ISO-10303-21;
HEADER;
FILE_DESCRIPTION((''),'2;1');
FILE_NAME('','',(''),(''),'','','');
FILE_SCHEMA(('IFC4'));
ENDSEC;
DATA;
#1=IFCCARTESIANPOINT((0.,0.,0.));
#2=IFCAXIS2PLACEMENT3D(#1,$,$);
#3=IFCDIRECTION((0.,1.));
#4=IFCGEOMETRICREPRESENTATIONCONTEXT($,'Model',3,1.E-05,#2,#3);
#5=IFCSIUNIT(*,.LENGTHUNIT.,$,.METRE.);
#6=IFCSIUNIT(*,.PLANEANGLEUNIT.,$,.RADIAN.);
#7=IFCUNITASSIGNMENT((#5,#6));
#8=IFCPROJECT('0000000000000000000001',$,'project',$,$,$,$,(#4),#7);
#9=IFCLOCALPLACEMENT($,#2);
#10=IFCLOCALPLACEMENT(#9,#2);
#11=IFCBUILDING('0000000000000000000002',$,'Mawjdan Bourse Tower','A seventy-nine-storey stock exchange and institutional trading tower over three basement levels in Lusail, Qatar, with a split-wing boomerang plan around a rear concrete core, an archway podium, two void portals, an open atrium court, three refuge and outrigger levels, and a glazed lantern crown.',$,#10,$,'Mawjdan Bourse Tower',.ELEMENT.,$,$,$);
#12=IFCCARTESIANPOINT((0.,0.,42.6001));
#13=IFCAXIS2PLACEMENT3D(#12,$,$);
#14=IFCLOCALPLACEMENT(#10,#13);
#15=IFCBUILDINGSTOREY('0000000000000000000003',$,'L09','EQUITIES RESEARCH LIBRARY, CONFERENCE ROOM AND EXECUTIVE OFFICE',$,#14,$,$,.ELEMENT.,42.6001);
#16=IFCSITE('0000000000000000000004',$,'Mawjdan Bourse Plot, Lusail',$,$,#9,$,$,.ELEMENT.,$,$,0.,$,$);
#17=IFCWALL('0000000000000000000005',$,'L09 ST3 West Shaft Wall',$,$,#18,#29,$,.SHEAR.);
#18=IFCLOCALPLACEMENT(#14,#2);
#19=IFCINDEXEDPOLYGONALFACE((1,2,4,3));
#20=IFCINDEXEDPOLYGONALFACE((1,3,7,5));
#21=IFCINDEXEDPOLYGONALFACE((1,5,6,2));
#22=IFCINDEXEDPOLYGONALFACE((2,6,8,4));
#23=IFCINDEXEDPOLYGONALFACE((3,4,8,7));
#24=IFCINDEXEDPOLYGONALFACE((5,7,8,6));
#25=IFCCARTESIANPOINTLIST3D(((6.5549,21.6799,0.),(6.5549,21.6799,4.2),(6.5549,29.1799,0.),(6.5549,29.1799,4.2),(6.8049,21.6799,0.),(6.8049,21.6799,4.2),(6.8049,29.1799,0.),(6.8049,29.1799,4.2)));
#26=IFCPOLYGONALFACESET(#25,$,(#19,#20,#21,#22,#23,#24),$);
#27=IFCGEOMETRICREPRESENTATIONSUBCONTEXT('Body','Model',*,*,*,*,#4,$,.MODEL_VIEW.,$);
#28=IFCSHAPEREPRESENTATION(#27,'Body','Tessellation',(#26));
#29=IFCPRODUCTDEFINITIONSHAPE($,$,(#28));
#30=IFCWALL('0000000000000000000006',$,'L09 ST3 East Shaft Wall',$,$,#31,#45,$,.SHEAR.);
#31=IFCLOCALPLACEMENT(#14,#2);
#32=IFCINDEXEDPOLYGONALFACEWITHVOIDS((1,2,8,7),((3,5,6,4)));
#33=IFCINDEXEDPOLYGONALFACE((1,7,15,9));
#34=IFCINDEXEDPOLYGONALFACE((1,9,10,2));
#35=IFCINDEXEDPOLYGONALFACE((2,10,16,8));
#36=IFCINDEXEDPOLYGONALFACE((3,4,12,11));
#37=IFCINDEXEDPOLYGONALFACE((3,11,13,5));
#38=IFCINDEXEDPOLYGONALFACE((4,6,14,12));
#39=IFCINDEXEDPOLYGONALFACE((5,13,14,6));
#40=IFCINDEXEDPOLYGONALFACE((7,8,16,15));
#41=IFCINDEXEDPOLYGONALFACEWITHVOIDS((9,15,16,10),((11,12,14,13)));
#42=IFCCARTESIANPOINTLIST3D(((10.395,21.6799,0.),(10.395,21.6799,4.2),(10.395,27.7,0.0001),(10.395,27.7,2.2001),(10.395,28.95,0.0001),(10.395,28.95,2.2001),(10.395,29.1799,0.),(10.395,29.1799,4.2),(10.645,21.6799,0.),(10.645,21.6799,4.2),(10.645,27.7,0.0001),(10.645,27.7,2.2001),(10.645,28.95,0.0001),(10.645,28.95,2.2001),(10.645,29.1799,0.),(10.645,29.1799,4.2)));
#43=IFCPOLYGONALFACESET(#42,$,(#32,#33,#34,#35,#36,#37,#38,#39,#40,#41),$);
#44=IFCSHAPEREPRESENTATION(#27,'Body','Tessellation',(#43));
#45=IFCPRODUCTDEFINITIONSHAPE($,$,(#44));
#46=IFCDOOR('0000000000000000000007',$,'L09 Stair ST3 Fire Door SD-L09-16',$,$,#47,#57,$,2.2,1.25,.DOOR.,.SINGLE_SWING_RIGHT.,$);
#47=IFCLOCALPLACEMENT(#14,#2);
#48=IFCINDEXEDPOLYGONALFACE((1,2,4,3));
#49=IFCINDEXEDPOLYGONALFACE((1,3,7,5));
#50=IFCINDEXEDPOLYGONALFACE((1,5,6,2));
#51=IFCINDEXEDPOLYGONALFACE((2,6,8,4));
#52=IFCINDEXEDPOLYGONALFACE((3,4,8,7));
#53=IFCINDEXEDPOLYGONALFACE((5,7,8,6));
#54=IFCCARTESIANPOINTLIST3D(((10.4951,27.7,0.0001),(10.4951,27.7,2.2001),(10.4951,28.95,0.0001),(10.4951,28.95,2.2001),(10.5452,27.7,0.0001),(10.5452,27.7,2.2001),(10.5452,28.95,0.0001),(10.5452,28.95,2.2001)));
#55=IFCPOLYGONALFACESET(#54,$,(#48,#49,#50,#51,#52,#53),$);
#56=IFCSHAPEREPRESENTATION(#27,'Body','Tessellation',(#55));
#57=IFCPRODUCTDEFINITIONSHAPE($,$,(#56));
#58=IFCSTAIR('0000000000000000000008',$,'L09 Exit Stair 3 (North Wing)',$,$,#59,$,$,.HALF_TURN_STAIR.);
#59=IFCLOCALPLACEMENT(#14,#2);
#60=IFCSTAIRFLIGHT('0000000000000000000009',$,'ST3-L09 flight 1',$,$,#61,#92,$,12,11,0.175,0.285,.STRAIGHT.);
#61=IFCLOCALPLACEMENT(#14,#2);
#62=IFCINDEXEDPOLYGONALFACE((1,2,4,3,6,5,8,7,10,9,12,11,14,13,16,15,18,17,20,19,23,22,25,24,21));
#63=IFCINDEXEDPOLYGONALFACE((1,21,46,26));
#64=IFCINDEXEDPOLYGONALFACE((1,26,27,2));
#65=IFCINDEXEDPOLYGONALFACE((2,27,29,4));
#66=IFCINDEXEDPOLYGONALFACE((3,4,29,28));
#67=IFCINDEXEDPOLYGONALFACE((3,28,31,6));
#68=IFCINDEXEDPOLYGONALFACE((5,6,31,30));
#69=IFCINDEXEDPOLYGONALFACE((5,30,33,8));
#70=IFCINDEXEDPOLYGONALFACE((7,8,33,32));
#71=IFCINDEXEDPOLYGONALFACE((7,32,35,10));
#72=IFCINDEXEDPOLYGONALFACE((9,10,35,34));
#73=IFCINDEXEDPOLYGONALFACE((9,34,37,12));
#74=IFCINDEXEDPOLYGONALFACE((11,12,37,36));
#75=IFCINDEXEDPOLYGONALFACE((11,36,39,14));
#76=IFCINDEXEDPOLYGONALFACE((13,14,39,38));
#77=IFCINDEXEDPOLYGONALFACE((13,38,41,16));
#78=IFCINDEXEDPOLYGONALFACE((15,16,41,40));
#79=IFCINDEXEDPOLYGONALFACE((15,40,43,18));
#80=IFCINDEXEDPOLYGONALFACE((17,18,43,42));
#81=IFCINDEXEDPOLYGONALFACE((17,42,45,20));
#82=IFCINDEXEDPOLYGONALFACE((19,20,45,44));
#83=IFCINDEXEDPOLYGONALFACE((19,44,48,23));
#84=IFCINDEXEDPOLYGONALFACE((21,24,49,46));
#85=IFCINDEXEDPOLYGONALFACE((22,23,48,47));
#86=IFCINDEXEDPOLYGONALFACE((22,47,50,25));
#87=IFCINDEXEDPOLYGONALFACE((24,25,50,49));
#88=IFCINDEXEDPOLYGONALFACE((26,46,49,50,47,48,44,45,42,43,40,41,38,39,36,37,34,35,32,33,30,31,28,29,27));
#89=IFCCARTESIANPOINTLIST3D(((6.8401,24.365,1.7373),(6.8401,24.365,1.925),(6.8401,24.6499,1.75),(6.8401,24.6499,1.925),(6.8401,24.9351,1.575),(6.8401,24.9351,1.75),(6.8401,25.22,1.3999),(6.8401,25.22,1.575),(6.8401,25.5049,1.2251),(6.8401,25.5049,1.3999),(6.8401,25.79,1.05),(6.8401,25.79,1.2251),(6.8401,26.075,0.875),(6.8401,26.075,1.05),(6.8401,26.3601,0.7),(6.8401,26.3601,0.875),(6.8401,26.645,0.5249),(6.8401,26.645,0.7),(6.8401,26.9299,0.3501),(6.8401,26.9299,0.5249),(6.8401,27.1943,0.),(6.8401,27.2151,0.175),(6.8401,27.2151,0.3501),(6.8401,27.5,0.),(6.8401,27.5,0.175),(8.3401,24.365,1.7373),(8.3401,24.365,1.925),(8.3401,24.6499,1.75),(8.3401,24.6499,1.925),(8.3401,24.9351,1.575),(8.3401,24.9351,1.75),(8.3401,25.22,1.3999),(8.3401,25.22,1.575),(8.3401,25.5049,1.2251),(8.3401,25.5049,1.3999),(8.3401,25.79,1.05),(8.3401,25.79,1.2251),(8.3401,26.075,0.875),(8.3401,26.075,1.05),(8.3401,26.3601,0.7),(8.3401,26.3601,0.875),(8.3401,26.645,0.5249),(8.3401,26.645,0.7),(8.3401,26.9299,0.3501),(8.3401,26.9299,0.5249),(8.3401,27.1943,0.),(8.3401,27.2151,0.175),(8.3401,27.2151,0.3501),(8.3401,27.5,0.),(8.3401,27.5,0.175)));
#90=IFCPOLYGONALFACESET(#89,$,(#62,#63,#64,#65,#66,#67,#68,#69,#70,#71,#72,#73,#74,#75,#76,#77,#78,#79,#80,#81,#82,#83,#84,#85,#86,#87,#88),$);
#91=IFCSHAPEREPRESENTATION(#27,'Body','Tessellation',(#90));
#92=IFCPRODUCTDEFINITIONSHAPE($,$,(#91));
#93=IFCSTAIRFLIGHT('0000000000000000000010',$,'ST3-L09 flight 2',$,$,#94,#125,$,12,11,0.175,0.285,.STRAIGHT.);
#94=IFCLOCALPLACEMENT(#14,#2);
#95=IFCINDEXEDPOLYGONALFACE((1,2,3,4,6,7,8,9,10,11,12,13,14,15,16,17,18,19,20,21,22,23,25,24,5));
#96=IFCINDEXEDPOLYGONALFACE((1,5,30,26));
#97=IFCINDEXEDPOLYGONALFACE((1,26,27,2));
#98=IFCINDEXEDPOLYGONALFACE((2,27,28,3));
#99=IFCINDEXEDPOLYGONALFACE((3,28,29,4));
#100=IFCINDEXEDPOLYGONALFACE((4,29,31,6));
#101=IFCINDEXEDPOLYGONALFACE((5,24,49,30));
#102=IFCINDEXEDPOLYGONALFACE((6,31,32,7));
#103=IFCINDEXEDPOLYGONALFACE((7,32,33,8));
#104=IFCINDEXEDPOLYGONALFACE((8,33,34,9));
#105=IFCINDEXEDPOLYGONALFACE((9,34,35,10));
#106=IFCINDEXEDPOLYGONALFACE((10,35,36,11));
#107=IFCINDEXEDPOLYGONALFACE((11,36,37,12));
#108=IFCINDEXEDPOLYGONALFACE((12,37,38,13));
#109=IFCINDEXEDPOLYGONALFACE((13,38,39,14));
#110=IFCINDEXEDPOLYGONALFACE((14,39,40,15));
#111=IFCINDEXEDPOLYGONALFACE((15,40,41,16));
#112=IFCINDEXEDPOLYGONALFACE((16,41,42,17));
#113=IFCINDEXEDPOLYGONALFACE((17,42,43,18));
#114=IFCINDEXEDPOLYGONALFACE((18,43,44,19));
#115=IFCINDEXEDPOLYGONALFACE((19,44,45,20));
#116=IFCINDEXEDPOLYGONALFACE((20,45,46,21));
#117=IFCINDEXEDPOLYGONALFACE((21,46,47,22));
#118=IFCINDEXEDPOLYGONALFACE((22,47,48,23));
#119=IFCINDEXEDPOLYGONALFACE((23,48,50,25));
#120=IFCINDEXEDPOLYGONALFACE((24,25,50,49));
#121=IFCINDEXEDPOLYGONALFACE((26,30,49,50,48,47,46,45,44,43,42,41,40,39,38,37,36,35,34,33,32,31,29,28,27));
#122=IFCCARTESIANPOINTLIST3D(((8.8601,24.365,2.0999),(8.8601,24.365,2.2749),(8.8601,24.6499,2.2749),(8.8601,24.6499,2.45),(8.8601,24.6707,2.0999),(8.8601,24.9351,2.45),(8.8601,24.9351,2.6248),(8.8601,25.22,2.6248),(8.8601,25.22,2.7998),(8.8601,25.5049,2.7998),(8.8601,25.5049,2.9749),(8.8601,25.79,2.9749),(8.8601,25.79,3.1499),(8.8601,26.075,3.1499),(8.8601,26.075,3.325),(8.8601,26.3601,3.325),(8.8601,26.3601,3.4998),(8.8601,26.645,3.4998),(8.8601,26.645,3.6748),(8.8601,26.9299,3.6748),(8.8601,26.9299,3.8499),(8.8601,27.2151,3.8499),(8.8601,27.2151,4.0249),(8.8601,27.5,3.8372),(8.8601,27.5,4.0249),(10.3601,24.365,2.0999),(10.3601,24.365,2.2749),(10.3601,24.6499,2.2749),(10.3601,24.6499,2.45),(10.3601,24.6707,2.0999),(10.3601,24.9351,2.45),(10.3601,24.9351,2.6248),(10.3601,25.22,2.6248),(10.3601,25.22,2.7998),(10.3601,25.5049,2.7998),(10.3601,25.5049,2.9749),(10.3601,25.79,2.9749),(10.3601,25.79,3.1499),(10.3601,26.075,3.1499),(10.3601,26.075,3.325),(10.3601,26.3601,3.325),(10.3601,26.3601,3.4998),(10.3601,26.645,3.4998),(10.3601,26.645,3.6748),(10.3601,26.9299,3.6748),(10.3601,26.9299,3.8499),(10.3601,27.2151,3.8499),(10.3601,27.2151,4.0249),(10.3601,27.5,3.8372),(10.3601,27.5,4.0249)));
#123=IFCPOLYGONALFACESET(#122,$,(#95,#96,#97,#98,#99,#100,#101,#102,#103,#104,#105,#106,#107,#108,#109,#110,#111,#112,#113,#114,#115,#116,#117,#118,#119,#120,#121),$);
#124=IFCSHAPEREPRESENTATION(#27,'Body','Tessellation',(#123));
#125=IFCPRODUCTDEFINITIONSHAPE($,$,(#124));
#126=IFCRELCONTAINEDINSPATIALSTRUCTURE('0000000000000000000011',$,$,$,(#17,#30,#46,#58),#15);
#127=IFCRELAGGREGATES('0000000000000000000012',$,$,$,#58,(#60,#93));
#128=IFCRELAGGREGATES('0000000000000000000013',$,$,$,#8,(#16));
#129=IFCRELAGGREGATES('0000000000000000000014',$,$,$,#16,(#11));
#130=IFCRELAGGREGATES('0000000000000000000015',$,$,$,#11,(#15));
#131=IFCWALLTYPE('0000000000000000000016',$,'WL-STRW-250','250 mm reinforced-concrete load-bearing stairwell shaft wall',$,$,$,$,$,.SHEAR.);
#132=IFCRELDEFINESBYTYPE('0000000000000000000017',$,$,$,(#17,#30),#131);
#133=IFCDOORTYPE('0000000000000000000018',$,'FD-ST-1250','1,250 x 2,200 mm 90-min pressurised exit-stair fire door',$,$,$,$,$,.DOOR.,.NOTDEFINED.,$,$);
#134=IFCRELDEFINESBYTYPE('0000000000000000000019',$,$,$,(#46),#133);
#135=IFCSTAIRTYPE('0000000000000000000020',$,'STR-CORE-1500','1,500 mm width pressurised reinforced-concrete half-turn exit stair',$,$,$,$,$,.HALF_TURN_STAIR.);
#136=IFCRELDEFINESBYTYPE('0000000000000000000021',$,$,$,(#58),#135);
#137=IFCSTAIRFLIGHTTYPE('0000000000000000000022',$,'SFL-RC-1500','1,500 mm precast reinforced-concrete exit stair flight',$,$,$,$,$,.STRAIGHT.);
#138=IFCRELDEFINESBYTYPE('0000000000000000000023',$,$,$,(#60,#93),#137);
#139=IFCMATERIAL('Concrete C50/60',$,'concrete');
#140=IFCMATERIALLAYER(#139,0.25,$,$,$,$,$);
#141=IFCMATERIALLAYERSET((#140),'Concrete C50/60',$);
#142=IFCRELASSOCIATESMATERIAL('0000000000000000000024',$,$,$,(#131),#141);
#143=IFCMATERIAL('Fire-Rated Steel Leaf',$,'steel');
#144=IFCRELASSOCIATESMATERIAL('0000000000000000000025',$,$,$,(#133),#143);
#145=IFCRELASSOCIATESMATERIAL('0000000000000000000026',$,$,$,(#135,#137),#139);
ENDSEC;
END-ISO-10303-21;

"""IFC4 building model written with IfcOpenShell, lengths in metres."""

from ifc_helpers import new_model, si_unit, direction, frame, frame_2d, origin, place, context, subcontext, project, spatial, polyline, rectangle, outline, extrude, material, layer, layer_set, type_object, element, fill, aggregate, save


model = new_model("IFC4")

# Units and contexts
model_context = context("Model", 3, precision=1e-05, world=origin(), true_north=direction((0.0, 1.0)))
body_context = subcontext(model_context, "Body", "Model", "MODEL_VIEW")
ifc_project = project(units=[si_unit("LENGTHUNIT", "METRE"), si_unit("PLANEANGLEUNIT", "RADIAN")], contexts=[model_context])

# Site, building, storey
site_placement = place(None, origin())
site = spatial("IfcSite", under=ifc_project, at=site_placement, Name="Mawjdan Bourse Plot, Lusail", CompositionType="ELEMENT", RefElevation=0.0)
building_placement = place(site_placement, origin())
building = spatial("IfcBuilding", under=site, at=building_placement, Name="Mawjdan Bourse Tower", Description="A seventy-nine-storey stock exchange and institutional trading tower over three basement levels in Lusail, Qatar, with a split-wing boomerang plan around a rear concrete core, an archway podium, two void portals, an open atrium court, three refuge and outrigger levels, and a glazed lantern crown.", LongName="Mawjdan Bourse Tower", CompositionType="ELEMENT")
storey_placement = place(building_placement, frame((0.0, 0.0, 42.6001)))
storey = spatial("IfcBuildingStorey", under=building, at=storey_placement, Name="L09", Description="EQUITIES RESEARCH LIBRARY, CONFERENCE ROOM AND EXECUTIVE OFFICE", CompositionType="ELEMENT", Elevation=42.6001)

# Wall
ifc_material_1 = material(Name="Concrete C50/60", Category="concrete")
ifc_layer_1 = layer(ifc_material_1, 0.25)
ifc_layer_set_1 = layer_set([ifc_layer_1], Name="Concrete C50/60")
wall_type_1 = type_object("IfcWallType", Name="WL-STRW-250", Description="250 mm reinforced-concrete load-bearing stairwell shaft wall", PredefinedType="SHEAR", material=ifc_layer_set_1)
wall_1_placement = place(storey_placement, frame((6.6799, 21.6799, 0.0), z_axis=(0.0, 0.0, 1.0), x_axis=(0.0, 1.0, 0.0)))
element("IfcWall", 1, at=wall_1_placement, inside=storey, type_object=wall_type_1, Name="L09 ST3 West Shaft Wall", PredefinedType="SHEAR", context=body_context, shape_type="SweptSolid", body=[
    extrude(rectangle(XDim=7.5, YDim=0.25, at=frame_2d((3.75, 0.0))), origin(), (0.0, 0.0, 1.0), 4.2),
])

# Wall, opening, door
wall_2_placement = place(storey_placement, frame((10.52, 21.6799, 0.0), z_axis=(0.0, 0.0, 1.0), x_axis=(0.0, 1.0, 0.0)))
wall_2 = element("IfcWall", 2, at=wall_2_placement, inside=storey, type_object=wall_type_1, Name="L09 ST3 East Shaft Wall", PredefinedType="SHEAR", context=body_context, shape_type="SweptSolid", body=[
    extrude(rectangle(XDim=7.5, YDim=0.25, at=frame_2d((3.75, 0.0))), origin(), (0.0, 0.0, 1.0), 4.2),
])
opening_placement = place(wall_2_placement, frame((6.02, 0.0, 0.0)))
opening = element("IfcOpeningElement", 3, at=opening_placement, cuts=wall_2, PredefinedType="OPENING", context=body_context, shape_type="SweptSolid", body=[
    extrude(rectangle(XDim=1.25, YDim=2.2, at=frame_2d((0.625, 1.1001))), frame((0.0, 0.135, 0.0), z_axis=(0.0, -1.0, 0.0), x_axis=(1.0, 0.0, 0.0)), (0.0, 0.0, 1.0), 0.27),
])
ifc_material_2 = material(Name="Fire-Rated Steel Leaf", Category="steel")
door_type = type_object("IfcDoorType", Name="FD-ST-1250", Description="1,250 x 2,200 mm 90-min pressurised exit-stair fire door", OperationType="NOTDEFINED", PredefinedType="DOOR", material=ifc_material_2)
door_placement = place(opening_placement, origin())
door = element("IfcDoor", 4, at=door_placement, inside=storey, type_object=door_type, Name="L09 Stair ST3 Fire Door SD-L09-16", OperationType="SINGLE_SWING_RIGHT", OverallHeight=2.2, OverallWidth=1.25, PredefinedType="DOOR", context=body_context, shape_type="SweptSolid", body=[
    extrude(rectangle(XDim=1.25, YDim=2.2, at=frame_2d((0.625, 1.1001))), frame((0.0, 0.0249, 0.0), z_axis=(0.0, -1.0, 0.0), x_axis=(1.0, 0.0, 0.0)), (0.0, 0.0, 1.0), 0.05),
])
fill(opening, door)

# Stair, stair flights
stair_type = type_object("IfcStairType", Name="STR-CORE-1500", Description="1,500 mm width pressurised reinforced-concrete half-turn exit stair", PredefinedType="HALF_TURN_STAIR", material=ifc_material_1)
stair_placement = place(storey_placement, origin())
stair = element("IfcStair", 5, at=stair_placement, inside=storey, type_object=stair_type, Name="L09 Exit Stair 3 (North Wing)", PredefinedType="HALF_TURN_STAIR")
stair_flight_type = type_object("IfcStairFlightType", Name="SFL-RC-1500", Description="1,500 mm precast reinforced-concrete exit stair flight", PredefinedType="STRAIGHT", material=ifc_material_1)
stair_flight_1_placement = place(storey_placement, frame((7.5901, 27.5, 0.0), z_axis=(0.0, 0.0, 1.0), x_axis=(0.0, -1.0, 0.0)))
stair_flight_1 = element("IfcStairFlight", 6, at=stair_flight_1_placement, type_object=stair_flight_type, Name="ST3-L09 flight 1", NumberOfRisers=12, NumberOfTreads=11, PredefinedType="STRAIGHT", RiserHeight=0.175, TreadLength=0.285, context=body_context, shape_type="SweptSolid", body=[
    extrude(outline(polyline([(0.0, 0.0), (0.0, 0.175), (0.2849, 0.175), (0.2849, 0.3501), (0.5701, 0.3501), (0.5701, 0.5249), (0.855, 0.5249), (0.855, 0.7), (1.1399, 0.7), (1.1399, 0.875), (1.425, 0.875), (1.425, 1.05), (1.71, 1.05), (1.71, 1.2251), (1.9951, 1.2251), (1.9951, 1.3999), (2.28, 1.3999), (2.28, 1.575), (2.5649, 1.575), (2.5649, 1.75), (2.8501, 1.75), (2.8501, 1.925), (3.135, 1.925), (3.135, 2.1001), (3.135, 1.7373), (0.3057, 0.0), (0.0, 0.0)])), frame((0.0, 0.75, 0.0), z_axis=(0.0, -1.0, 0.0), x_axis=(1.0, 0.0, 0.0)), (0.0, 0.0, 1.0), 1.5),
])
stair_flight_2_placement = place(storey_placement, frame((9.6101, 24.365, 2.0999), z_axis=(0.0, 0.0, 1.0), x_axis=(0.0, 1.0, 0.0)))
stair_flight_2 = element("IfcStairFlight", 7, at=stair_flight_2_placement, type_object=stair_flight_type, Name="ST3-L09 flight 2", NumberOfRisers=12, NumberOfTreads=11, PredefinedType="STRAIGHT", RiserHeight=0.175, TreadLength=0.285, context=body_context, shape_type="SweptSolid", body=[
    extrude(outline(polyline([(0.0, 0.0), (0.0, 0.175), (0.2849, 0.175), (0.2849, 0.3501), (0.5701, 0.3501), (0.5701, 0.5249), (0.855, 0.5249), (0.855, 0.7), (1.1399, 0.7), (1.1399, 0.875), (1.425, 0.875), (1.425, 1.05), (1.71, 1.05), (1.71, 1.2251), (1.9951, 1.2251), (1.9951, 1.3999), (2.28, 1.3999), (2.28, 1.575), (2.5649, 1.575), (2.5649, 1.75), (2.8501, 1.75), (2.8501, 1.925), (3.135, 1.925), (3.135, 2.1001), (3.135, 1.7373), (0.3057, 0.0), (0.0, 0.0)])), frame((0.0, 0.75, 0.0), z_axis=(0.0, -1.0, 0.0), x_axis=(1.0, 0.0, 0.0)), (0.0, 0.0, 1.0), 1.5),
])
aggregate(stair, [stair_flight_1, stair_flight_2])

save(model, "model.ifc")
